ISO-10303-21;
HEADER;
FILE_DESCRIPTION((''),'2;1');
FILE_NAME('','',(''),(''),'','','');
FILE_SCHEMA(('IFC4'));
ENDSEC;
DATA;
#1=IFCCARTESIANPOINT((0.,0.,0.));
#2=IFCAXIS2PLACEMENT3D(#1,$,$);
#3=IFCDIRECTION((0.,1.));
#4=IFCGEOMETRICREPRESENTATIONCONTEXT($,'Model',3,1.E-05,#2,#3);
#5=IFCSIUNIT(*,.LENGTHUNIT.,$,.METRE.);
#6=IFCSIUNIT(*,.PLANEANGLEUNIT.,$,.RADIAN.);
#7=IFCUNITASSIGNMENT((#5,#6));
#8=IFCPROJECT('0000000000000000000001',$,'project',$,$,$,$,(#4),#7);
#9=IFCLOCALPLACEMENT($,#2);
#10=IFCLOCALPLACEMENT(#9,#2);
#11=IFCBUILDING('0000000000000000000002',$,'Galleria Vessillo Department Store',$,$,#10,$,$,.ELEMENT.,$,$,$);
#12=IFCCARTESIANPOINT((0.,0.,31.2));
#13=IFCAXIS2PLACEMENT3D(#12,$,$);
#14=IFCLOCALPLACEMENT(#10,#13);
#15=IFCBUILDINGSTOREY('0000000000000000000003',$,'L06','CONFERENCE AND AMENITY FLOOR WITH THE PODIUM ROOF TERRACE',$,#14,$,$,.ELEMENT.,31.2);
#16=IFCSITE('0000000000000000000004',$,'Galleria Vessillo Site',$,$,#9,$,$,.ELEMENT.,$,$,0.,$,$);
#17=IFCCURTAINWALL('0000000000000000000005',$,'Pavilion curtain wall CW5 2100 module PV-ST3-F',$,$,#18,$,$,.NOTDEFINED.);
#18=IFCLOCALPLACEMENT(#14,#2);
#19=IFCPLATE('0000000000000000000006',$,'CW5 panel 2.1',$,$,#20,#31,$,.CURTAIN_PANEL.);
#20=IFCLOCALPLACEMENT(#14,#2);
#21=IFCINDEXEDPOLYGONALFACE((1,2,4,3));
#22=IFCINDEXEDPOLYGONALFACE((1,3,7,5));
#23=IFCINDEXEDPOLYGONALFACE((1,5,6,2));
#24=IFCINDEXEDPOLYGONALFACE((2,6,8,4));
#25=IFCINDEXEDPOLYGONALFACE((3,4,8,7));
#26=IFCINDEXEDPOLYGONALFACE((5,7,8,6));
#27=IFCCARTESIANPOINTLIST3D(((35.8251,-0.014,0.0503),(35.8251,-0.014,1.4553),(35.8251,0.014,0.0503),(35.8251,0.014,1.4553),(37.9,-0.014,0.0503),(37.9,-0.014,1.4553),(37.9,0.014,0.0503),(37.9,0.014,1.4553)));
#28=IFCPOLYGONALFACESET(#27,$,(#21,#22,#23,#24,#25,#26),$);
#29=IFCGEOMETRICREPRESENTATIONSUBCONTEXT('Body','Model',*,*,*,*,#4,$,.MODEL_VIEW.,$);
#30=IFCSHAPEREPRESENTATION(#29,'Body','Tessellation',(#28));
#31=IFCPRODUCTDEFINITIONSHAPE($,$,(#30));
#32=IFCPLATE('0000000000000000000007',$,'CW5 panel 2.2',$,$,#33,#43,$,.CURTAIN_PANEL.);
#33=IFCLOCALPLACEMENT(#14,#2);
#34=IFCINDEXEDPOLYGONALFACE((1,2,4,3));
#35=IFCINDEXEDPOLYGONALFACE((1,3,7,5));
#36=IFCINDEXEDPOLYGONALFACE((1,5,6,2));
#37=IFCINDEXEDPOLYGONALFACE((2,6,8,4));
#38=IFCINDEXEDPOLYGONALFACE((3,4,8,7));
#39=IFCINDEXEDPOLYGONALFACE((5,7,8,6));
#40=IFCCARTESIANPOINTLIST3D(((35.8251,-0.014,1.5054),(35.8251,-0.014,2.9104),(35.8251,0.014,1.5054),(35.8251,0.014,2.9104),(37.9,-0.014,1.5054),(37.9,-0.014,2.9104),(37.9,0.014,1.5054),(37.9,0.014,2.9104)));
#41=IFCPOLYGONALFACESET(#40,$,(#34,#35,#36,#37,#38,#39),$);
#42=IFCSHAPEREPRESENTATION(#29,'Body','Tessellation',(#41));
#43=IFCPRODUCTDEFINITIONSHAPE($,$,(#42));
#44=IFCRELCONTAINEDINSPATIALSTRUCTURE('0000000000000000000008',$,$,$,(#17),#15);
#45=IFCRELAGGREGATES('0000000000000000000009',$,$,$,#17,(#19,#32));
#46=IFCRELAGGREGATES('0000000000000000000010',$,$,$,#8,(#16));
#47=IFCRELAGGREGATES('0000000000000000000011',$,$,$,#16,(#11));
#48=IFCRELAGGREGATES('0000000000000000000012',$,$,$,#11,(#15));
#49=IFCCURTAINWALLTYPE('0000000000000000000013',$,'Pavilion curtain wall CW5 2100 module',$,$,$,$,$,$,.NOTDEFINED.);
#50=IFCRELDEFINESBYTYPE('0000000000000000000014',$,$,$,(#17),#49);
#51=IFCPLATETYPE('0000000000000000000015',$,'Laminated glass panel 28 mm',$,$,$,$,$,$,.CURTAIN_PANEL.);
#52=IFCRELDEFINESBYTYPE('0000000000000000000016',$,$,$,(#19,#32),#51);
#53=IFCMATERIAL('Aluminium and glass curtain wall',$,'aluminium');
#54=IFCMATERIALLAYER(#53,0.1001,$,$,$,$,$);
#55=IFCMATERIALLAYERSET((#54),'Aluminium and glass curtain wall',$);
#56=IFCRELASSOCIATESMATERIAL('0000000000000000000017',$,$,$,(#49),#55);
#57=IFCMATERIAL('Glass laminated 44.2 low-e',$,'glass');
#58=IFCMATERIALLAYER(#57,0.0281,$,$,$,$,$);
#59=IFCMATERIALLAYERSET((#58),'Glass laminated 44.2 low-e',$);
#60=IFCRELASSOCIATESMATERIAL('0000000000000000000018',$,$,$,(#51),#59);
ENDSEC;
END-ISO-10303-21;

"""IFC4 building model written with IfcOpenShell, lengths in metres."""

from ifc_helpers import new_model, si_unit, direction, frame, origin, origin_2d, place, context, subcontext, project, spatial, rectangle, extrude, material, layer, layer_set, type_object, element, aggregate, save


model = new_model("IFC4")

# Units and contexts
model_context = context("Model", 3, precision=1e-05, world=origin(), true_north=direction((0.0, 1.0)))
body_context = subcontext(model_context, "Body", "Model", "MODEL_VIEW")
ifc_project = project(units=[si_unit("LENGTHUNIT", "METRE"), si_unit("PLANEANGLEUNIT", "RADIAN")], contexts=[model_context])

# Site, building, storey
site_placement = place(None, origin())
site = spatial("IfcSite", under=ifc_project, at=site_placement, Name="Galleria Vessillo Site", CompositionType="ELEMENT", RefElevation=0.0)
building_placement = place(site_placement, origin())
building = spatial("IfcBuilding", under=site, at=building_placement, Name="Galleria Vessillo Department Store", CompositionType="ELEMENT")
storey_placement = place(building_placement, frame((0.0, 0.0, 31.2)))
storey = spatial("IfcBuildingStorey", under=building, at=storey_placement, Name="L06", Description="CONFERENCE AND AMENITY FLOOR WITH THE PODIUM ROOF TERRACE", CompositionType="ELEMENT", Elevation=31.2)

# Curtain wall
ifc_material_1 = material(Name="Aluminium and glass curtain wall", Category="aluminium")
ifc_layer_1 = layer(ifc_material_1, 0.1001)
ifc_layer_set_1 = layer_set([ifc_layer_1], Name="Aluminium and glass curtain wall")
curtain_wall_type = type_object("IfcCurtainWallType", Name="Pavilion curtain wall CW5 2100 module", PredefinedType="NOTDEFINED", material=ifc_layer_set_1)
curtain_wall_1_placement = place(storey_placement, origin())
curtain_wall_1 = element("IfcCurtainWall", 1, at=curtain_wall_1_placement, inside=storey, type_object=curtain_wall_type, Name="Pavilion curtain wall CW5 2100 module PV-ST3-F", PredefinedType="NOTDEFINED")

# Plates
ifc_material_2 = material(Name="Glass laminated 44.2 low-e", Category="glass")
ifc_layer_2 = layer(ifc_material_2, 0.0281)
ifc_layer_set_2 = layer_set([ifc_layer_2], Name="Glass laminated 44.2 low-e")
plate_type = type_object("IfcPlateType", Name="Laminated glass panel 28 mm", PredefinedType="CURTAIN_PANEL", material=ifc_layer_set_2)
plate_1_placement = place(storey_placement, frame((36.8625, 0.0, 0.0503), z_axis=(0.0, 0.0, 1.0), x_axis=(1.0, 0.0, 0.0)))
plate_1 = element("IfcPlate", 2, at=plate_1_placement, type_object=plate_type, Name="CW5 panel 2.1", PredefinedType="CURTAIN_PANEL", context=body_context, shape_type="SweptSolid", body=[
    extrude(rectangle(XDim=2.075, YDim=0.0281, at=origin_2d()), origin(), (0.0, 0.0, 1.0), 1.405),
])
plate_2_placement = place(storey_placement, frame((36.8625, 0.0, 1.5054), z_axis=(0.0, 0.0, 1.0), x_axis=(1.0, 0.0, 0.0)))
plate_2 = element("IfcPlate", 3, at=plate_2_placement, type_object=plate_type, Name="CW5 panel 2.2", PredefinedType="CURTAIN_PANEL", context=body_context, shape_type="SweptSolid", body=[
    extrude(rectangle(XDim=2.075, YDim=0.0281, at=origin_2d()), origin(), (0.0, 0.0, 1.0), 1.405),
])
aggregate(curtain_wall_1, [plate_1, plate_2])

save(model, "model.ifc")
